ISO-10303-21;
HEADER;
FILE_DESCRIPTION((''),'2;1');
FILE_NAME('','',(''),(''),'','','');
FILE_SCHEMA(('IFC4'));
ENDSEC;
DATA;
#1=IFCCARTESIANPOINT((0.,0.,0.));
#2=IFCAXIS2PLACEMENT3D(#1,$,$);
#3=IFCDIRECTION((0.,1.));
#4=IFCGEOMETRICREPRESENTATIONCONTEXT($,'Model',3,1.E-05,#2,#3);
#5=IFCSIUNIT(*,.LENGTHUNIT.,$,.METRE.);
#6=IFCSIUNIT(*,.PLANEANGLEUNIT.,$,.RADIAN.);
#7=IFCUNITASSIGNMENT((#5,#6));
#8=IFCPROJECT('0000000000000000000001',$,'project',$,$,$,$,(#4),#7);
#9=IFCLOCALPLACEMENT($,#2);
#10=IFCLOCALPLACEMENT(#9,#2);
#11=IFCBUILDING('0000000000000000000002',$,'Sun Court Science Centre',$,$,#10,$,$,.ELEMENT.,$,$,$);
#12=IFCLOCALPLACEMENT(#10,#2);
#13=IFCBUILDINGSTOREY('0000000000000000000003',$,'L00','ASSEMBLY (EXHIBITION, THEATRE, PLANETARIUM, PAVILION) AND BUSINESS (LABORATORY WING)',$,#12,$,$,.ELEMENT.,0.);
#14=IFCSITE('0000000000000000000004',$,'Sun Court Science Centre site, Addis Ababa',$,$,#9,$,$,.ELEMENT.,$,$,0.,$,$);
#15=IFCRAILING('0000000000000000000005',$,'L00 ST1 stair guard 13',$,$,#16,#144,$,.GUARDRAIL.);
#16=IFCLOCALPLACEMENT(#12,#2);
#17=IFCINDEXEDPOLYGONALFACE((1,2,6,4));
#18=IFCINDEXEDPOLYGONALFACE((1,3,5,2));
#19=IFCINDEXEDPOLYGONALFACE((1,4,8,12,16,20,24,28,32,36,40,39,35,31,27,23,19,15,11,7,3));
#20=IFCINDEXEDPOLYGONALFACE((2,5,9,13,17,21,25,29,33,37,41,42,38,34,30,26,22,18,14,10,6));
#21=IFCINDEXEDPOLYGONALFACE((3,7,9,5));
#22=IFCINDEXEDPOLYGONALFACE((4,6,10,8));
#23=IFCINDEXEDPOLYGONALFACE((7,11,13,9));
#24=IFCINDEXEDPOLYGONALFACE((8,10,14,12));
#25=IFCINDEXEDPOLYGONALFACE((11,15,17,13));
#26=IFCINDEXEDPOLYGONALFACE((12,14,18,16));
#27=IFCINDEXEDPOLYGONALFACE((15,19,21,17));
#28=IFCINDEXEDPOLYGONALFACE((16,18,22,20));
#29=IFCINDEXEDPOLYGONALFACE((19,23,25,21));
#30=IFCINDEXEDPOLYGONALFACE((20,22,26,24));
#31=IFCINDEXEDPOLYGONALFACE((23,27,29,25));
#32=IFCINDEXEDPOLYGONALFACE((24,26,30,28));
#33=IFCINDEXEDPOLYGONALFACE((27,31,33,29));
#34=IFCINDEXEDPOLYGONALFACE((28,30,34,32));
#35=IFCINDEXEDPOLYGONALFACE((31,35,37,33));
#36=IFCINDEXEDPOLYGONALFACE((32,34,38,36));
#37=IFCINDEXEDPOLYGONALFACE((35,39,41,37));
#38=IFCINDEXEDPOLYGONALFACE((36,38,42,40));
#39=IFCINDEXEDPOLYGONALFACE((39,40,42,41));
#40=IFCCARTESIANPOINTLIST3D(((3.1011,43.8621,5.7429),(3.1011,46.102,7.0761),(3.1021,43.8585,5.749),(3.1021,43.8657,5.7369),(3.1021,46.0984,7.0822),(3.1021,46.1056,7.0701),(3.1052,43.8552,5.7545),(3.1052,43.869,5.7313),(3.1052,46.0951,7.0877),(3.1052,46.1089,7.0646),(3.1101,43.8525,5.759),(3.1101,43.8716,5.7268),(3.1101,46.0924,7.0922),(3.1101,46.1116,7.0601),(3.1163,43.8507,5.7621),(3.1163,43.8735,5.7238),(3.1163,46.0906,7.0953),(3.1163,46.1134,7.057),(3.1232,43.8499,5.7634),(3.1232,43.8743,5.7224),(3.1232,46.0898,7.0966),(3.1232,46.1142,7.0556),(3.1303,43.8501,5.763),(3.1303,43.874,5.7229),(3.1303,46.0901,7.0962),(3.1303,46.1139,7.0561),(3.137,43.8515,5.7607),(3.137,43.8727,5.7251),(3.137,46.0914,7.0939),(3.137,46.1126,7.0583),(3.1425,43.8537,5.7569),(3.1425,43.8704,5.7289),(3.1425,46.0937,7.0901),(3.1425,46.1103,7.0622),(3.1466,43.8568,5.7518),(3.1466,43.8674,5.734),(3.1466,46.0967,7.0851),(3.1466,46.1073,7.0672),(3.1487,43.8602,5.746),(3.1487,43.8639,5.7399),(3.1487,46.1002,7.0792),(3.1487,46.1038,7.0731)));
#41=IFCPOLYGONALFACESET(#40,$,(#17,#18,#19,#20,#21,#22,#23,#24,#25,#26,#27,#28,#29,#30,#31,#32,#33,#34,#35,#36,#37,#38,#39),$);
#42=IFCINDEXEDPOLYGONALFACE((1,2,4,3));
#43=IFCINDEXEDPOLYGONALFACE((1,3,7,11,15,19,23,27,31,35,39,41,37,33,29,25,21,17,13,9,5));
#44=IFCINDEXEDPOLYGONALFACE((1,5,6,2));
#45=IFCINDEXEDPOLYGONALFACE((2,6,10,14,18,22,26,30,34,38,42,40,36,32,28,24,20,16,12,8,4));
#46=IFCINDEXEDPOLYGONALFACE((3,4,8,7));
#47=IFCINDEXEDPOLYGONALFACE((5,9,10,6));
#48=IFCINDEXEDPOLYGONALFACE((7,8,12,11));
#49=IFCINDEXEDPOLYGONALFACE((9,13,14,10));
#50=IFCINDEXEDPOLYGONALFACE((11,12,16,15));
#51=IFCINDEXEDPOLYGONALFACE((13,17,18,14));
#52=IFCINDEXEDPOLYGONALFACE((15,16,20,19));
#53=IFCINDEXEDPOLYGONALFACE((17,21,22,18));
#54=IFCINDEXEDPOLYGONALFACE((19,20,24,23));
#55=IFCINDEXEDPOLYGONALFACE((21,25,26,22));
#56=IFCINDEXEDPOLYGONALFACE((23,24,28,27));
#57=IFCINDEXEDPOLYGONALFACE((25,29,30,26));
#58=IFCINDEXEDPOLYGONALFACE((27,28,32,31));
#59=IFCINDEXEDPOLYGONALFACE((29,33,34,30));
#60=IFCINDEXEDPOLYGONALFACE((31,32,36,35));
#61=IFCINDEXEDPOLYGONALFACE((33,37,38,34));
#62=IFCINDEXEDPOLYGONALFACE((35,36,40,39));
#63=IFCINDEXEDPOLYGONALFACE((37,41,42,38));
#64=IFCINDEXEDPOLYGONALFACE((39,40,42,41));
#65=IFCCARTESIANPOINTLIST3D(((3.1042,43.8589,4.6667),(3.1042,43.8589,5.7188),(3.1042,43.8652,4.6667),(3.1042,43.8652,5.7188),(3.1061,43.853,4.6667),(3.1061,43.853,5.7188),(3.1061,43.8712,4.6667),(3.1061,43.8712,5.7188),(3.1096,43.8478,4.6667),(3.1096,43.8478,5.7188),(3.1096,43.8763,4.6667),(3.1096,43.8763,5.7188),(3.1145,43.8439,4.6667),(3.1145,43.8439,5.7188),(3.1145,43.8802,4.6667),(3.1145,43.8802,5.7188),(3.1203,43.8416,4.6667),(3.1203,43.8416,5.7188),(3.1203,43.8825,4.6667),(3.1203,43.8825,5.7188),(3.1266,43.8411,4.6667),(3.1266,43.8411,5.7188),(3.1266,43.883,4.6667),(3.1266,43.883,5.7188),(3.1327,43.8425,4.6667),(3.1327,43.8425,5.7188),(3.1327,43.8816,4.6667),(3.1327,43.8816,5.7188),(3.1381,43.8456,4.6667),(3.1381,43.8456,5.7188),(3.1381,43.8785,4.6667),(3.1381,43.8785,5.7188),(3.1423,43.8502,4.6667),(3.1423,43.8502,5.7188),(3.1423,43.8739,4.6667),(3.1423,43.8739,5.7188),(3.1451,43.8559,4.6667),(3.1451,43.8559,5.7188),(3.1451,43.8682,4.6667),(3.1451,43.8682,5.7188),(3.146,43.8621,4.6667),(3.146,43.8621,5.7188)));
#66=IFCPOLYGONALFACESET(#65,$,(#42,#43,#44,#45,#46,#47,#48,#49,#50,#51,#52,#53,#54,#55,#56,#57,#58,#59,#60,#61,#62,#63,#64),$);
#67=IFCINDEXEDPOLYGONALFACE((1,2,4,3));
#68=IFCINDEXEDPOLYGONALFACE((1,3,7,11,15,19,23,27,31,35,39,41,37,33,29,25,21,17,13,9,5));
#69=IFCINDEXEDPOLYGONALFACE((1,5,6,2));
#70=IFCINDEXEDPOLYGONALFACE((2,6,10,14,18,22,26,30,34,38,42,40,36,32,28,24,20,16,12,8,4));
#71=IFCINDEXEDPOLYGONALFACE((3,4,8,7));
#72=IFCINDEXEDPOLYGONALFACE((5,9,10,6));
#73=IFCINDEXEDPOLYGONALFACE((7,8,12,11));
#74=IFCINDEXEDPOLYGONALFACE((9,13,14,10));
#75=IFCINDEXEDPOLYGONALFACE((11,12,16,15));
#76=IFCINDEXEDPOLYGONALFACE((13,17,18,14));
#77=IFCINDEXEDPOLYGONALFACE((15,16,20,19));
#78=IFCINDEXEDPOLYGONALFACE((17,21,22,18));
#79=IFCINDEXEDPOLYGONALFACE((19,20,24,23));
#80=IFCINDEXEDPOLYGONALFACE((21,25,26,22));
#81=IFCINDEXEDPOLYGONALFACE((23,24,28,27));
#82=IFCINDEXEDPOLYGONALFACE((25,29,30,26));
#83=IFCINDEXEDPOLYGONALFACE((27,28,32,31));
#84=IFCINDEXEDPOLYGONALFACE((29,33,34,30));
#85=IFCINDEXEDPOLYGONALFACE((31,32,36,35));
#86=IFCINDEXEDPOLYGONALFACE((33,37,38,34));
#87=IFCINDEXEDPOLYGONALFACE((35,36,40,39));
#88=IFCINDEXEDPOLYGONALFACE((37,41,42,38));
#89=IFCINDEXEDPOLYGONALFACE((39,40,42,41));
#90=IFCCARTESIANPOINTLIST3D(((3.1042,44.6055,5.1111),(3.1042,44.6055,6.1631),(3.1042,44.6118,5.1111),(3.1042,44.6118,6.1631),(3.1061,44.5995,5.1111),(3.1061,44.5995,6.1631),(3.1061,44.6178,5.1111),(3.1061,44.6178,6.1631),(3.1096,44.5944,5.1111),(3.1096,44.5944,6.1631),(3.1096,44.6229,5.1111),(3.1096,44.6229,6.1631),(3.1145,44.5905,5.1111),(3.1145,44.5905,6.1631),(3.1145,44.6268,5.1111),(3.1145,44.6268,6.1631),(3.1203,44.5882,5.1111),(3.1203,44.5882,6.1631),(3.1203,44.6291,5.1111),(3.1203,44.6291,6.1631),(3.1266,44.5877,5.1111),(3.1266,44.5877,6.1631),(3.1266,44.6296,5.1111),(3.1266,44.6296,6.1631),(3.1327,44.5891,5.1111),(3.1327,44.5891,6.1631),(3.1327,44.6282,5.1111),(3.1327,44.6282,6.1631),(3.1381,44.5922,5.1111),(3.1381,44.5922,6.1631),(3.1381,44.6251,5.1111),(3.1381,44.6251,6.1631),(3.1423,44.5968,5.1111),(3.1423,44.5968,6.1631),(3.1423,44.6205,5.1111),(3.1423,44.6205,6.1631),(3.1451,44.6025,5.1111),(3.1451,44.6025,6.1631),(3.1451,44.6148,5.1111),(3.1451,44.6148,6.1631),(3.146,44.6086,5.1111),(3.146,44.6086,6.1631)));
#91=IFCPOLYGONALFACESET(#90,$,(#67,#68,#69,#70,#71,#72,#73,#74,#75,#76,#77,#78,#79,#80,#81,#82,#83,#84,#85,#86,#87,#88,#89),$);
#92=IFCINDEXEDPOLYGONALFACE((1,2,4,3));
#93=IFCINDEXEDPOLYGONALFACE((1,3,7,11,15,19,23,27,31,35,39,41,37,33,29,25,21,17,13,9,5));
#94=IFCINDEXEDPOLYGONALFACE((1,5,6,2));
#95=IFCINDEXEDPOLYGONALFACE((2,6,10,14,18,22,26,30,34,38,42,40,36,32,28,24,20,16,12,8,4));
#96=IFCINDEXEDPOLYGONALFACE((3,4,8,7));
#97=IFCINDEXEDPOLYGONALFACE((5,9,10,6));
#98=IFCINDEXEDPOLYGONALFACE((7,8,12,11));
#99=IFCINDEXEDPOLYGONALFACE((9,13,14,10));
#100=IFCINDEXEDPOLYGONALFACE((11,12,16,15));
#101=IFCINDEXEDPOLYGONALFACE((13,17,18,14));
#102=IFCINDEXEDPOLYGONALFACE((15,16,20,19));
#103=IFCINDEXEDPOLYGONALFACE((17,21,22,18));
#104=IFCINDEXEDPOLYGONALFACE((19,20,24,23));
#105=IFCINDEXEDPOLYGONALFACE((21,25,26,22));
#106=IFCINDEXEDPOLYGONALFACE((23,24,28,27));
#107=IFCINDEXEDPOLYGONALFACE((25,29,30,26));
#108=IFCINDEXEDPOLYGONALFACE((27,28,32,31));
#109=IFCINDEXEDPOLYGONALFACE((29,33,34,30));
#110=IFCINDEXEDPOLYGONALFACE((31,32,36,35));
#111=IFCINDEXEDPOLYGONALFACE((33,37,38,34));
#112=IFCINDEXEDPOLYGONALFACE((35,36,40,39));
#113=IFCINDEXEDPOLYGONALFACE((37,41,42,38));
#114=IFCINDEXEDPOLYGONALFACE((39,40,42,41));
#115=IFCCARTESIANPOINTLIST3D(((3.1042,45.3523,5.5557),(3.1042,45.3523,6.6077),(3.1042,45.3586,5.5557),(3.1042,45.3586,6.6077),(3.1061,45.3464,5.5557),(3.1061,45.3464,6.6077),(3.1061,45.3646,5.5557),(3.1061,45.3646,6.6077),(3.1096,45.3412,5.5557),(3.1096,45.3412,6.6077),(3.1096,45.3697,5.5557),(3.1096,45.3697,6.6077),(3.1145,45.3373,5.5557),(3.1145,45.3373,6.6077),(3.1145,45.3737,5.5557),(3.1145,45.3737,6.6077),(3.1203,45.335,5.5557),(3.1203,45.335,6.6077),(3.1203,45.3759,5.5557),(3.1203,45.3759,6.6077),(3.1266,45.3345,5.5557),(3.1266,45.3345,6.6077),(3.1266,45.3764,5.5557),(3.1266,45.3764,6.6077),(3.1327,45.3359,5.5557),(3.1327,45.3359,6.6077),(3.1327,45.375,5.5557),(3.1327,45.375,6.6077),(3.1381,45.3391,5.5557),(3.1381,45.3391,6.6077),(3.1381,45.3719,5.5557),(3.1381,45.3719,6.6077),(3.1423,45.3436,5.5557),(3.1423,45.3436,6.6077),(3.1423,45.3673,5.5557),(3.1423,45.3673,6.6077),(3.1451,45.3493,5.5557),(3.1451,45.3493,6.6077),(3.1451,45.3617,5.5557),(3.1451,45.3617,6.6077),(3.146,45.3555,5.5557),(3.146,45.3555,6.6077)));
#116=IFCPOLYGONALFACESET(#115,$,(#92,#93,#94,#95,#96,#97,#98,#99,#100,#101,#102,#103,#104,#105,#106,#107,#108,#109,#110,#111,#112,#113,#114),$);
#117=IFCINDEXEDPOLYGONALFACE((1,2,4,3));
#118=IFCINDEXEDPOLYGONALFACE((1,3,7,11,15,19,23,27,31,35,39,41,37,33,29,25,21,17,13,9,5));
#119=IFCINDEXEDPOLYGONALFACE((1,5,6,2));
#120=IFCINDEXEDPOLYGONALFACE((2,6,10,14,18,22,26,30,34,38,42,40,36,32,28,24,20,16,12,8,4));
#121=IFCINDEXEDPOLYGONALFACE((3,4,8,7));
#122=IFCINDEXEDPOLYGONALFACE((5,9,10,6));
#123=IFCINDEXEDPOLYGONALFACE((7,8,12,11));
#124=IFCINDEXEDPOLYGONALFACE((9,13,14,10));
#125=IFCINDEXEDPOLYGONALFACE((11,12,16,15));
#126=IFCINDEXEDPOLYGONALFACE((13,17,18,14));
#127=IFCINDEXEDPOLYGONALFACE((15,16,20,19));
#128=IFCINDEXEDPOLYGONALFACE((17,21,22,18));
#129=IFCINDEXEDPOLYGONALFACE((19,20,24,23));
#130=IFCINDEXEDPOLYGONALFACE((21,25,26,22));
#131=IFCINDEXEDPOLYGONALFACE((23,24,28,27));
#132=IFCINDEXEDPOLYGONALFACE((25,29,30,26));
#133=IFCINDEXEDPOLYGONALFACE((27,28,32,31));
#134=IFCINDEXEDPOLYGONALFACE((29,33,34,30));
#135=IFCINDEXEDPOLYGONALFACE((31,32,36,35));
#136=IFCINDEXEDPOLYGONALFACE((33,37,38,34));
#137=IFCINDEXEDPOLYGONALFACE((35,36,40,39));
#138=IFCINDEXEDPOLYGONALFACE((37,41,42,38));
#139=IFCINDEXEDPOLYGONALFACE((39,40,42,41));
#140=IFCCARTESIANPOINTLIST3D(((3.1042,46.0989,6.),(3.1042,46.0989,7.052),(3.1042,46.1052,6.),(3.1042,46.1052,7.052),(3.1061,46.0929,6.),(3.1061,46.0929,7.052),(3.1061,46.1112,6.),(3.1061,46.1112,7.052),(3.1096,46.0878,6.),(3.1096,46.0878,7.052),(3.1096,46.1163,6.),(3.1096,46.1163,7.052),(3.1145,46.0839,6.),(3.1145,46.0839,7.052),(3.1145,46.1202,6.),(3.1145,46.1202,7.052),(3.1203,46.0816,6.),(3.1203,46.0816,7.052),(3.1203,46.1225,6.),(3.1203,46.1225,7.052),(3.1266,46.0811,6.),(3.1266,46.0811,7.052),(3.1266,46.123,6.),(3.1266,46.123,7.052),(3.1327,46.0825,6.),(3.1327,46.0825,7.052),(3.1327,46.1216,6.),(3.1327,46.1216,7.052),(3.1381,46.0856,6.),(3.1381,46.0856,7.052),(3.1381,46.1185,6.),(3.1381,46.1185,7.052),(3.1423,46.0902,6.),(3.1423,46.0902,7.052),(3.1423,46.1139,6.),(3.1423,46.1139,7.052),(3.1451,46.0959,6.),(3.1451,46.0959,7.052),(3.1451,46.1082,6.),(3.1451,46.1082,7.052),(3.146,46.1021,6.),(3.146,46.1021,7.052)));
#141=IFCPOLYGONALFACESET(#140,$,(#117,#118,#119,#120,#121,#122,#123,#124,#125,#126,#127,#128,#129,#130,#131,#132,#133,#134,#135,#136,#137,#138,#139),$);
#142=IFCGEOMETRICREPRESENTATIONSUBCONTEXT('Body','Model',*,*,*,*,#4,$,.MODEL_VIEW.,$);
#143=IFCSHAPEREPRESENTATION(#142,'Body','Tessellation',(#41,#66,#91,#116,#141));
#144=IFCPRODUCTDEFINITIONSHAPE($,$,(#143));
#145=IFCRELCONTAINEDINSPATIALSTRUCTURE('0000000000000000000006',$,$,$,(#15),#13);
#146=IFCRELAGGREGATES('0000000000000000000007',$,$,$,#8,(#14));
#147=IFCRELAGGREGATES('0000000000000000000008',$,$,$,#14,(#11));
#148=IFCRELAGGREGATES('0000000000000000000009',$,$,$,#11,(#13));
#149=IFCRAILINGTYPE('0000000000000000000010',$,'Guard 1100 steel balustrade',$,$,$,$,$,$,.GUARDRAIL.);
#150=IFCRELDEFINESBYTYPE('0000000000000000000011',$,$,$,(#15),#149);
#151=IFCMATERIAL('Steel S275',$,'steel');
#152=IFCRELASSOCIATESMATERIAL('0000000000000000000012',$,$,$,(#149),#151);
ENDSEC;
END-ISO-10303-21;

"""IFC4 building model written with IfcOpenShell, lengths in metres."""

from ifc_helpers import new_model, si_unit, direction, frame, origin, origin_2d, place, context, subcontext, project, spatial, circle, extrude, material, type_object, element, save


model = new_model("IFC4")

# Units and contexts
model_context = context("Model", 3, precision=1e-05, world=origin(), true_north=direction((0.0, 1.0)))
body_context = subcontext(model_context, "Body", "Model", "MODEL_VIEW")
ifc_project = project(units=[si_unit("LENGTHUNIT", "METRE"), si_unit("PLANEANGLEUNIT", "RADIAN")], contexts=[model_context])

# Site, building, storey
site_placement = place(None, origin())
site = spatial("IfcSite", under=ifc_project, at=site_placement, Name="Sun Court Science Centre site, Addis Ababa", CompositionType="ELEMENT", RefElevation=0.0)
building_placement = place(site_placement, origin())
building = spatial("IfcBuilding", under=site, at=building_placement, Name="Sun Court Science Centre", CompositionType="ELEMENT")
storey_placement = place(building_placement, origin())
storey = spatial("IfcBuildingStorey", under=building, at=storey_placement, Name="L00", Description="ASSEMBLY (EXHIBITION, THEATRE, PLANETARIUM, PAVILION) AND BUSINESS (LABORATORY WING)", CompositionType="ELEMENT", Elevation=0.0)

# Railing
ifc_material_1 = material(Name="Steel S275", Category="steel")
railing_type_1 = type_object("IfcRailingType", Name="Guard 1100 steel balustrade", PredefinedType="GUARDRAIL", material=ifc_material_1)
railing_1_placement = place(storey_placement, frame((3.125, 43.8621, 4.6667)))
element("IfcRailing", 1, at=railing_1_placement, inside=storey, type_object=railing_type_1, Name="L00 ST1 stair guard 13", PredefinedType="GUARDRAIL", context=body_context, shape_type="SweptSolid", body=[
    extrude(circle(Radius=0.0239, at=origin_2d()), frame((0.0, 0.0, 1.0762), z_axis=(0.0, 0.859306, 0.511462), x_axis=(-1.0, 0.0, 0.0)), (0.0, 0.0, 1.0), 2.6067),
    extrude(circle(Radius=0.021, at=origin_2d()), origin(), (0.0, 0.0, 1.0), 1.052),
    extrude(circle(Radius=0.021, at=origin_2d()), frame((0.0, 0.7466, 0.4443)), (0.0, 0.0, 1.0), 1.052),
    extrude(circle(Radius=0.021, at=origin_2d()), frame((0.0, 1.4934, 0.8889)), (0.0, 0.0, 1.0), 1.052),
    extrude(circle(Radius=0.021, at=origin_2d()), frame((0.0, 2.24, 1.3333)), (0.0, 0.0, 1.0), 1.052),
])

save(model, "model.ifc")
